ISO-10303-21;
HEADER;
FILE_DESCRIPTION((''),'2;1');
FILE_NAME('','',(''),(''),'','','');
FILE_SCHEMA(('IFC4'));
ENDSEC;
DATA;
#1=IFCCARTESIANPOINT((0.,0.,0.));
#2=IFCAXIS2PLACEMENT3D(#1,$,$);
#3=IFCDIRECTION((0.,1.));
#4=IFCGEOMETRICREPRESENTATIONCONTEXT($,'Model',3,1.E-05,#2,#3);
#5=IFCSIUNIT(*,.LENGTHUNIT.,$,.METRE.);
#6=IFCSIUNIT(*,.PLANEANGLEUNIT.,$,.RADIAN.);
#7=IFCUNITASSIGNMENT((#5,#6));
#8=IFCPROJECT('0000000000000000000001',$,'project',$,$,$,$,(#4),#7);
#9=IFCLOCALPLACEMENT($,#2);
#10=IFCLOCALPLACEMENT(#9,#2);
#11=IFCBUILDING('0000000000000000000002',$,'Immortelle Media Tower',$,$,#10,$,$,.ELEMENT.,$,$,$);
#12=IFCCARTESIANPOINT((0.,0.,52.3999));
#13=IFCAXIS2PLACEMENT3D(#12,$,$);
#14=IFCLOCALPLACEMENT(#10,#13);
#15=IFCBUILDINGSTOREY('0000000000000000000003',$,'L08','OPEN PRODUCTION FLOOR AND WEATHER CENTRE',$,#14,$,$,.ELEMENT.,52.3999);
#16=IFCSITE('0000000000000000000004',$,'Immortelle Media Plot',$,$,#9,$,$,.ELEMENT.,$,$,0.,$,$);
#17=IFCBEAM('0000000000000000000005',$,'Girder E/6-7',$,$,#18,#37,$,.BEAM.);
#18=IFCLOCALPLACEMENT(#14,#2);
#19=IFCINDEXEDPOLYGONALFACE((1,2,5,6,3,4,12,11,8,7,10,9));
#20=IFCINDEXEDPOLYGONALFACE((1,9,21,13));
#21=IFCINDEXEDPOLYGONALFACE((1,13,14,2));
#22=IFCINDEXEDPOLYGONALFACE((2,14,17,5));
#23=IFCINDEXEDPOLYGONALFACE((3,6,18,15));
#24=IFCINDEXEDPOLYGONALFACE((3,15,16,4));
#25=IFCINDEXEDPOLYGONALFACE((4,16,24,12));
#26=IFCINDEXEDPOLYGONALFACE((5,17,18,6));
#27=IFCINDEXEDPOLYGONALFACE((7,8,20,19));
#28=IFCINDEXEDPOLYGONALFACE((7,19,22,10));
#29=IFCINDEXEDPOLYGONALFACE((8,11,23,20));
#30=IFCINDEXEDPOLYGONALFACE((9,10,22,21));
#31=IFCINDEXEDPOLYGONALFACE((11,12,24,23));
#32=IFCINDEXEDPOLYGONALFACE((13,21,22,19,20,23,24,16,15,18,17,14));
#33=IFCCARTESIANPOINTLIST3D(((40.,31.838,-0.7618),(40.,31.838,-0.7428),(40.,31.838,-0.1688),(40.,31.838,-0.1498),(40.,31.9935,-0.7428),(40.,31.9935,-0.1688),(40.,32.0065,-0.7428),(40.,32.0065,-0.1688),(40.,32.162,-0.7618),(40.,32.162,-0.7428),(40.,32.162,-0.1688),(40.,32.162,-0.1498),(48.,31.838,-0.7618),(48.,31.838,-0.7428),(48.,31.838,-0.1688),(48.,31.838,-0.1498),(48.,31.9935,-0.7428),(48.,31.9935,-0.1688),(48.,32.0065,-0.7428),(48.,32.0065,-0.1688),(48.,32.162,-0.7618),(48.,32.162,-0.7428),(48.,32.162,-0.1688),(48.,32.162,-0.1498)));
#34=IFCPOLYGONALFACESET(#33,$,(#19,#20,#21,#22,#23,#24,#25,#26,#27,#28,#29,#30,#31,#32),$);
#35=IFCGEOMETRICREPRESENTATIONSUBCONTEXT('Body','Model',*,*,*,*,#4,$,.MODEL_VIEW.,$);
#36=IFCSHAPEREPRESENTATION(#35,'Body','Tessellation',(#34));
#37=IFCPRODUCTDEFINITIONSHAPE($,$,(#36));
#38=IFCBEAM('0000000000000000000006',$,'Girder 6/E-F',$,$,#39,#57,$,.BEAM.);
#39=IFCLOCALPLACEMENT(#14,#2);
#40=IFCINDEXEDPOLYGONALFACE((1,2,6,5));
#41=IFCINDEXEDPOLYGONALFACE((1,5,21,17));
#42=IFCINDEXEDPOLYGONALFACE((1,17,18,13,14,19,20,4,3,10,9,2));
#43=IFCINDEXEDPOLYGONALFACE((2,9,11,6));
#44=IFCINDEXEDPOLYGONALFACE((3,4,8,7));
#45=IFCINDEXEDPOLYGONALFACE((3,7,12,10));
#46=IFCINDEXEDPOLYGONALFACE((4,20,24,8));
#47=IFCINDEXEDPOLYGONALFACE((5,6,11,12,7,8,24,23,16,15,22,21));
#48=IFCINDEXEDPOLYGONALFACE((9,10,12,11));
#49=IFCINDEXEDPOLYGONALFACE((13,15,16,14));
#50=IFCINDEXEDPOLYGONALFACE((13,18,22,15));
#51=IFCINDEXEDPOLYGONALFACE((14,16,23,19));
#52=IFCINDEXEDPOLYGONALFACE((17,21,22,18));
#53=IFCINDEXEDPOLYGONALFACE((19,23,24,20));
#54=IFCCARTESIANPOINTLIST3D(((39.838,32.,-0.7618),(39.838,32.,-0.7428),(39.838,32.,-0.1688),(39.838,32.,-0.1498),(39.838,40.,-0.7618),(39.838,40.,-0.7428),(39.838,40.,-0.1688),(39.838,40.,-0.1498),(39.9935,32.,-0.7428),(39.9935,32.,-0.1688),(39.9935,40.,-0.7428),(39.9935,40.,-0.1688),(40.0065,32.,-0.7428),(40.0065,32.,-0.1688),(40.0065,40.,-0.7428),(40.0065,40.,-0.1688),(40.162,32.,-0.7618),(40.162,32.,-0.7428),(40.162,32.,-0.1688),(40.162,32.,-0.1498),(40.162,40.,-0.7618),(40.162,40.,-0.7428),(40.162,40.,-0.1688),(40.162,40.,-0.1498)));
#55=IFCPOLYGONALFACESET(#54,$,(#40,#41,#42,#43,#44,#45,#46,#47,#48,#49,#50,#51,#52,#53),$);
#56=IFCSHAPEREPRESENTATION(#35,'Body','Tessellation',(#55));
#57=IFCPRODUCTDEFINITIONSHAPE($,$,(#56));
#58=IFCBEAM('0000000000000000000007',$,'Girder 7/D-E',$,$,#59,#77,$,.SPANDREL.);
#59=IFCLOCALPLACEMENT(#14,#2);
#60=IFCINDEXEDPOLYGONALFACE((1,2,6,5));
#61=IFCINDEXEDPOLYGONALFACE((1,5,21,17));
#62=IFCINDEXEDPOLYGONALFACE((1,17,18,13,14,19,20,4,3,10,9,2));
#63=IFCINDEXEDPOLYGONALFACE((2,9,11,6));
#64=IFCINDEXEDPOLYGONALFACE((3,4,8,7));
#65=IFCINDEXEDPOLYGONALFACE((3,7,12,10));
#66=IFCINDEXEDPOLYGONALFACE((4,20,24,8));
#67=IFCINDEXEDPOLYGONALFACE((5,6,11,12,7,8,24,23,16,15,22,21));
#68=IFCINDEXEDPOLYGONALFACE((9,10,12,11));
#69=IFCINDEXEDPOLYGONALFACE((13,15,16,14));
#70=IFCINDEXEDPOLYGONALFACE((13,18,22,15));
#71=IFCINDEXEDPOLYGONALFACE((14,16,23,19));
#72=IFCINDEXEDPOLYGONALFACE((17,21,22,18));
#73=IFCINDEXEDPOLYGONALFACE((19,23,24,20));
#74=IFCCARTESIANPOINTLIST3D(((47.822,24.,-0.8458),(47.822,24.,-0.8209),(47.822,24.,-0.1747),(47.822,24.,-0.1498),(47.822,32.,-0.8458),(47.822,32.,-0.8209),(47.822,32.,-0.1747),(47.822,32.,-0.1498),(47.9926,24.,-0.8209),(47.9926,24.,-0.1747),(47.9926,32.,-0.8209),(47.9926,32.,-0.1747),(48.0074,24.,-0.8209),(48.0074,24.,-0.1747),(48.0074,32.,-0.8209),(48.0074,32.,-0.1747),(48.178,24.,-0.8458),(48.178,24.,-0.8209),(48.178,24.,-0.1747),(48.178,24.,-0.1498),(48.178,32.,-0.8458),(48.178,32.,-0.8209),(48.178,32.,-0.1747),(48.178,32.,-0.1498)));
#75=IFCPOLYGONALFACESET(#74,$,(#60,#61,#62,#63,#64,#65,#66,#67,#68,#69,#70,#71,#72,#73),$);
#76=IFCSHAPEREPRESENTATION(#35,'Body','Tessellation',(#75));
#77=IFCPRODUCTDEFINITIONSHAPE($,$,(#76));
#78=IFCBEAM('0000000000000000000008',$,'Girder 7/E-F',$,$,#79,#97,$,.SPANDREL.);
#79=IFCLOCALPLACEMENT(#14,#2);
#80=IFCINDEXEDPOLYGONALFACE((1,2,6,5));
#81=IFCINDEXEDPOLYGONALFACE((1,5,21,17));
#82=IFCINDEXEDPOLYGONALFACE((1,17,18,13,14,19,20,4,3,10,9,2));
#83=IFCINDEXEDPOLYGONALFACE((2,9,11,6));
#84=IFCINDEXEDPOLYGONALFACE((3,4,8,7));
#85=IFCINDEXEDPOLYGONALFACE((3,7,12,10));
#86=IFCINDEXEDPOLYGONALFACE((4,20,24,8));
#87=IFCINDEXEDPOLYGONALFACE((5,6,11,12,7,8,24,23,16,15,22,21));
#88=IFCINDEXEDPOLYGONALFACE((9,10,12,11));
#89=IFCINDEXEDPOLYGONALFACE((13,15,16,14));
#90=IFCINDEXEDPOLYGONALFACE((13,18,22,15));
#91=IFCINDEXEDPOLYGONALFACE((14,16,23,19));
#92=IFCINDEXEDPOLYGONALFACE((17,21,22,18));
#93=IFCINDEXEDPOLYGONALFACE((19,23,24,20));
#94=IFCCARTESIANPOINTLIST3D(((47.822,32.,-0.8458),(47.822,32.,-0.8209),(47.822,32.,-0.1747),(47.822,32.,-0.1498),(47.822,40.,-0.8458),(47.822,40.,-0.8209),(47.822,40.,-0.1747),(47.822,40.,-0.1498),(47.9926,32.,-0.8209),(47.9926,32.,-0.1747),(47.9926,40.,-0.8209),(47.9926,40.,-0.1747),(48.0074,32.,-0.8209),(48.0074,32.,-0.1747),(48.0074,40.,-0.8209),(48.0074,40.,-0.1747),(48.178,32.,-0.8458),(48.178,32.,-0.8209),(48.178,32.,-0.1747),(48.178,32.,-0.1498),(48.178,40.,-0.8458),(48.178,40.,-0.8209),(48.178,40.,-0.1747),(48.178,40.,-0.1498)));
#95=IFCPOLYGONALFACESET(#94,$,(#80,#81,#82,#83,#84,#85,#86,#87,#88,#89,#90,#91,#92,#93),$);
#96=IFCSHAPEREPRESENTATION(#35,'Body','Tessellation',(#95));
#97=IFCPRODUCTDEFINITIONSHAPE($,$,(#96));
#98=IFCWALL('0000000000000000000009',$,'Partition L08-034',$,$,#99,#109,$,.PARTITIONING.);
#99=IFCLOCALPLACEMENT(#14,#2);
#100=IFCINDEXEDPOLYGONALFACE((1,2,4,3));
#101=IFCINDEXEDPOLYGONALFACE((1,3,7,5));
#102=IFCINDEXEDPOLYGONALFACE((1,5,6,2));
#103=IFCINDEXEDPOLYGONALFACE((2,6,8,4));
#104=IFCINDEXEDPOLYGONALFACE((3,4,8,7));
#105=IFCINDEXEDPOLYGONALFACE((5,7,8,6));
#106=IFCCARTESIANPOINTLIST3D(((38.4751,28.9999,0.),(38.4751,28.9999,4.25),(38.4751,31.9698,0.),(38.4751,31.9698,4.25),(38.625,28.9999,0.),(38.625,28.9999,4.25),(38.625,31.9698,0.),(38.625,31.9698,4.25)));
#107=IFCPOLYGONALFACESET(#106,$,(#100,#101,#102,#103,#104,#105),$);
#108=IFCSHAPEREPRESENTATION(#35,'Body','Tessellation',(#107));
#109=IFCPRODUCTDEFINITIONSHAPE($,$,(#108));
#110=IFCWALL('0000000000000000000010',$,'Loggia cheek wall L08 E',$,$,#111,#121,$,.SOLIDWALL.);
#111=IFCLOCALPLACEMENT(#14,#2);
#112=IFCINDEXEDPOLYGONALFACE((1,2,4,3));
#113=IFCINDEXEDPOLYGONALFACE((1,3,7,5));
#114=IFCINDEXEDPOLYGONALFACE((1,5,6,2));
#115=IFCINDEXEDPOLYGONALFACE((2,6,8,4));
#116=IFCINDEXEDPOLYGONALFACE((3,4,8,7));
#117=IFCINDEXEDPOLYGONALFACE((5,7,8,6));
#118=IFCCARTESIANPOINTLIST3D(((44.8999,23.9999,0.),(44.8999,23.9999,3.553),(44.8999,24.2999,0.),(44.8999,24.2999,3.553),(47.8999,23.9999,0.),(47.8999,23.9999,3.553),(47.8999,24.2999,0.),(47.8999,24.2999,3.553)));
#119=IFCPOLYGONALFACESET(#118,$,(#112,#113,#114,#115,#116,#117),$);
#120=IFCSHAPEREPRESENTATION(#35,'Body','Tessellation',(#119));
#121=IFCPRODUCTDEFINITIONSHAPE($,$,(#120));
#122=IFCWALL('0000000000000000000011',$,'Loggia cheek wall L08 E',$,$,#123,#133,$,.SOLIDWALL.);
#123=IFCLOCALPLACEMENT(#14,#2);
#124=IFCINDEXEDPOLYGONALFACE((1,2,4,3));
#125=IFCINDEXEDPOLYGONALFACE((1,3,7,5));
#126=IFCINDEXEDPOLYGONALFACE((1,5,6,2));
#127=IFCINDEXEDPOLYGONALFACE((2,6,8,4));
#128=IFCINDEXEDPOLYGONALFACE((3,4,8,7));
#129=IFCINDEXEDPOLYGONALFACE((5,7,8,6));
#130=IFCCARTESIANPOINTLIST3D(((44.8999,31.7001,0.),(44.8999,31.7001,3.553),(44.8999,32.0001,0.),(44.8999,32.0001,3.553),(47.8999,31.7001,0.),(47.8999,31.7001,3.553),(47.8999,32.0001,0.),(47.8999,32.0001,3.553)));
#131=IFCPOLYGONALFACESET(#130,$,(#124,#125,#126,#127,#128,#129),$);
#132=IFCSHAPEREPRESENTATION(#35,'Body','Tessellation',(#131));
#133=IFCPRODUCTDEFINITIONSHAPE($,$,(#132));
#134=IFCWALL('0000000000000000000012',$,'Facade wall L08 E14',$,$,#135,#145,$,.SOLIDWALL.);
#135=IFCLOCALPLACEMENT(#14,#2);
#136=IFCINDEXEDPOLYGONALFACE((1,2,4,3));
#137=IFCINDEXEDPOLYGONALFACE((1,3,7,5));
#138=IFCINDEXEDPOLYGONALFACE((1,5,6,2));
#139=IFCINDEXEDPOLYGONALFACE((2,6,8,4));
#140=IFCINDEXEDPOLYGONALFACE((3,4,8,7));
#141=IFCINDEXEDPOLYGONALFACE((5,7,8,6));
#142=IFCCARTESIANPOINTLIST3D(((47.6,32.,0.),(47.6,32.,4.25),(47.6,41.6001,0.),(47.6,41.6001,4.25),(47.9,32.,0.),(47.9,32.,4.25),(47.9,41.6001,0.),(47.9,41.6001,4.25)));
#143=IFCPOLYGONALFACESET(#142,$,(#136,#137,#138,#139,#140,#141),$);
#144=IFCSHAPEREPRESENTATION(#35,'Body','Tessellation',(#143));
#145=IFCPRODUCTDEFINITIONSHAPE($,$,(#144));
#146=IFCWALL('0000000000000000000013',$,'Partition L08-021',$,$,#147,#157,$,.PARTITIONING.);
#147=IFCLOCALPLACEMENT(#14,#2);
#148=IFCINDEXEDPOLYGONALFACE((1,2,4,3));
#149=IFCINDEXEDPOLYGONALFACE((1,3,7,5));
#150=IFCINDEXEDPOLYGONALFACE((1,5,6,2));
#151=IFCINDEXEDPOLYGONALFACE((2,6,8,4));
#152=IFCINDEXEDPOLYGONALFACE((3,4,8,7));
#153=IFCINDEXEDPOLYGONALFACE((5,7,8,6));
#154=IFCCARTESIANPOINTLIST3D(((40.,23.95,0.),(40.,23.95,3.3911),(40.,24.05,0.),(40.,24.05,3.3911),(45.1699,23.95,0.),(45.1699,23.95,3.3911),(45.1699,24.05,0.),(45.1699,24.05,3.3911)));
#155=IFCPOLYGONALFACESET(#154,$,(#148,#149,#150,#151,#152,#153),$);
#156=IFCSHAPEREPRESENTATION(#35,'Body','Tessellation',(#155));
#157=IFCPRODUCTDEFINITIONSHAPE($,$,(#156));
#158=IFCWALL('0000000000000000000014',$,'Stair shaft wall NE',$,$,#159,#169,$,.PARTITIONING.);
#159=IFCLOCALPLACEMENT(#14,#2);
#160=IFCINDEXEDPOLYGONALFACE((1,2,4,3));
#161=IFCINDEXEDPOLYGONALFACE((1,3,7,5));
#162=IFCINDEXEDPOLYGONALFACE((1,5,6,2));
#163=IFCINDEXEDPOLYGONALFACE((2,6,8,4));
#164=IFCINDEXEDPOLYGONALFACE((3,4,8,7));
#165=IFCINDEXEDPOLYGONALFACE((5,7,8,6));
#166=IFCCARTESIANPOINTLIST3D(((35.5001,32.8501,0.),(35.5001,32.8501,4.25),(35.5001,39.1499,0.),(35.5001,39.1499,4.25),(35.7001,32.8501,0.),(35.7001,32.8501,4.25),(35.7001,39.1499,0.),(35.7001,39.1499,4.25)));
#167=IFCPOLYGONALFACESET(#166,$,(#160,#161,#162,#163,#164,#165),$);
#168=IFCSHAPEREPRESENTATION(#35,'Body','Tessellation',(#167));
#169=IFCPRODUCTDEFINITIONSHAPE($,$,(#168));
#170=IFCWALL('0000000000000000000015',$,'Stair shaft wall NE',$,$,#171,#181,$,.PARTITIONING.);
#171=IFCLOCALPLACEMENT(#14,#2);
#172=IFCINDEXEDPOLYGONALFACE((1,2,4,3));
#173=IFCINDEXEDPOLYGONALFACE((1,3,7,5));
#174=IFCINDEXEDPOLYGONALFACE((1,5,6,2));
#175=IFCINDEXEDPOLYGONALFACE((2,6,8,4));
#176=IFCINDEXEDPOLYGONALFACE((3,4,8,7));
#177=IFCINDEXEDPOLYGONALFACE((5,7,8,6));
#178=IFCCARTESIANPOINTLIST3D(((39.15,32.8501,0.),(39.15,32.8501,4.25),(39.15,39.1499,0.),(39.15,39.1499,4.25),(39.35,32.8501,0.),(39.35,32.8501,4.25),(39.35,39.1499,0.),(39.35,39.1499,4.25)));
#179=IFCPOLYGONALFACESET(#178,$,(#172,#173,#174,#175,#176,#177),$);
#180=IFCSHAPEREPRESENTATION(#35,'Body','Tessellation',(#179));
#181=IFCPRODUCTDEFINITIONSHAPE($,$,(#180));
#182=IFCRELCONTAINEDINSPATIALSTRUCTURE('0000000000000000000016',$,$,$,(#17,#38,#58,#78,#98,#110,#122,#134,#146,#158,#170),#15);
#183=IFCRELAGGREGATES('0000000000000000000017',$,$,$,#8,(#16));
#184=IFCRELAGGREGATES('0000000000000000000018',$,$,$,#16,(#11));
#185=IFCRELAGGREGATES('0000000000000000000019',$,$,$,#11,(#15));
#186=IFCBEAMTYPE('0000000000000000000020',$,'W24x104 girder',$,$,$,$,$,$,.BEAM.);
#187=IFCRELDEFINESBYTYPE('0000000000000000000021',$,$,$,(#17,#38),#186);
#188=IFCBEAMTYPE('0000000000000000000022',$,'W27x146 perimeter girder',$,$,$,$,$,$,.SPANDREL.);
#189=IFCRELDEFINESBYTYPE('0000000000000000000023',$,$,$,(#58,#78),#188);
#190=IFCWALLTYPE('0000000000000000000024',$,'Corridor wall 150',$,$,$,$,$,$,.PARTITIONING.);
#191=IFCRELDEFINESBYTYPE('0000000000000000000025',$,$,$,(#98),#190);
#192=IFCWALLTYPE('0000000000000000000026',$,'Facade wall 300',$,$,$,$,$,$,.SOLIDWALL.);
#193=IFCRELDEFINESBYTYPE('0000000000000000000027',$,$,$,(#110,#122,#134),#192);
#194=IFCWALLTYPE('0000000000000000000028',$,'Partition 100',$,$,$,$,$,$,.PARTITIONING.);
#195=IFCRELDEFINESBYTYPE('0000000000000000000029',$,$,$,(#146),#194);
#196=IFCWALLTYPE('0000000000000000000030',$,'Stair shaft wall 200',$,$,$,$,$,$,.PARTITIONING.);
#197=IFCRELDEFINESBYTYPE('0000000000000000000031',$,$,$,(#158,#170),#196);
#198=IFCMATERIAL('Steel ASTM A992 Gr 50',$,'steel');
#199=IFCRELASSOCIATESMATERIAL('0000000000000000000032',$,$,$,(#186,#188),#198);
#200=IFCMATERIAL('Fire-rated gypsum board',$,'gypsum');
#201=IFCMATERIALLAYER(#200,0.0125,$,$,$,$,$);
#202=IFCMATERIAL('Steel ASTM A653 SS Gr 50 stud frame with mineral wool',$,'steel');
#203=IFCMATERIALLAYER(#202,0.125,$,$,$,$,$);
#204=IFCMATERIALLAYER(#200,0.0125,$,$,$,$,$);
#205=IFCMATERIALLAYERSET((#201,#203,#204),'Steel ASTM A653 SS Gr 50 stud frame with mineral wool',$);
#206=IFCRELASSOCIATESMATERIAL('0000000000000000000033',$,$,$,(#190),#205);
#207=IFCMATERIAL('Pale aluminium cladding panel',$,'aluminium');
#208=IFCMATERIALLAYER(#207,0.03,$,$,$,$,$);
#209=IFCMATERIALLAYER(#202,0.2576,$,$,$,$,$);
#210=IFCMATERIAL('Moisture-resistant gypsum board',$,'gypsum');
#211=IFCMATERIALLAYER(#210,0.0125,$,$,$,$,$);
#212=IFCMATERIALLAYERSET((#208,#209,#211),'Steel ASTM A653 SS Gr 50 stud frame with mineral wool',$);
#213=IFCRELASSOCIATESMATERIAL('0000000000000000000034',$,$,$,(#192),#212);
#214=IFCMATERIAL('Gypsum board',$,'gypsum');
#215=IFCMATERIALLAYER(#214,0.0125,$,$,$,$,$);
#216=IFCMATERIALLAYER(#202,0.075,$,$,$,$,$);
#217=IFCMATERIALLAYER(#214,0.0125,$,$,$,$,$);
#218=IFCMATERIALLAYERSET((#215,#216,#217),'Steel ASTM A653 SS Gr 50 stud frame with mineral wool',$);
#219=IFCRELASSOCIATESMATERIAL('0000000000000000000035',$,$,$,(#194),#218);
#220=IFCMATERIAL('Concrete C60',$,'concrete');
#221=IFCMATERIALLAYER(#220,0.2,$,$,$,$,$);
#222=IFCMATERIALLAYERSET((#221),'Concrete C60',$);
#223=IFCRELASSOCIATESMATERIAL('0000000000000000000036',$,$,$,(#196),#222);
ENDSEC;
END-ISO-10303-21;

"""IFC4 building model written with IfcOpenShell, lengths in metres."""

from ifc_helpers import new_model, si_unit, direction, frame, frame_2d, origin, origin_2d, place, context, subcontext, project, spatial, rectangle, i_section, extrude, material, layer, layer_set, material_profile, profile_set, type_object, element, save


model = new_model("IFC4")

# Units and contexts
model_context = context("Model", 3, precision=1e-05, world=origin(), true_north=direction((0.0, 1.0)))
body_context = subcontext(model_context, "Body", "Model", "MODEL_VIEW")
ifc_project = project(units=[si_unit("LENGTHUNIT", "METRE"), si_unit("PLANEANGLEUNIT", "RADIAN")], contexts=[model_context])

# Site, building, storey
site_placement = place(None, origin())
site = spatial("IfcSite", under=ifc_project, at=site_placement, Name="Immortelle Media Plot", CompositionType="ELEMENT", RefElevation=0.0)
building_placement = place(site_placement, origin())
building = spatial("IfcBuilding", under=site, at=building_placement, Name="Immortelle Media Tower", CompositionType="ELEMENT")
storey_placement = place(building_placement, frame((0.0, 0.0, 52.3999)))
storey = spatial("IfcBuildingStorey", under=building, at=storey_placement, Name="L08", Description="OPEN PRODUCTION FLOOR AND WEATHER CENTRE", CompositionType="ELEMENT", Elevation=52.3999)

# Shared definitions
ifc_material_1 = material(Name="Steel ASTM A992 Gr 50", Category="steel")

# Beams
ifc_material_profile_1 = material_profile(ifc_material_1, i_section(OverallWidth=0.324, OverallDepth=0.6121, WebThickness=0.0129, FlangeThickness=0.019, at=origin_2d()), Name="W24x104")
ifc_profile_set_1 = profile_set([ifc_material_profile_1], Name="Steel ASTM A992 Gr 50")
beam_type_1 = type_object("IfcBeamType", Name="W24x104 girder", PredefinedType="BEAM", material=ifc_profile_set_1)
for number, where, z_axis, x_axis, name in (
    (1, (40.0, 32.0, -0.4558), (1.0, 0.0, 0.0), (0.0, 1.0, 0.0), "Girder E/6-7"),
    (2, (40.0, 32.0, -0.4558), (0.0, 1.0, 0.0), (-1.0, 0.0, 0.0), "Girder 6/E-F"),
):
    element("IfcBeam", number, at=place(storey_placement, frame(where, z_axis=z_axis, x_axis=x_axis)), inside=storey, type_object=beam_type_1, Name=name, PredefinedType="BEAM", context=body_context, shape_type="SweptSolid", body=[
        extrude(i_section(OverallWidth=0.324, OverallDepth=0.6121, WebThickness=0.0129, FlangeThickness=0.019, at=origin_2d()), origin(), (0.0, 0.0, 1.0), 8.0),
    ])
ifc_material_profile_2 = material_profile(ifc_material_1, i_section(OverallWidth=0.356, OverallDepth=0.696, WebThickness=0.0149, FlangeThickness=0.0249, at=origin_2d()), Name="W27x146")
ifc_profile_set_2 = profile_set([ifc_material_profile_2], Name="Steel ASTM A992 Gr 50")
beam_type_2 = type_object("IfcBeamType", Name="W27x146 perimeter girder", PredefinedType="SPANDREL", material=ifc_profile_set_2)
for number, where, z_axis, x_axis, name in (
    (3, (48.0, 24.0, -0.4978), (0.0, 1.0, 0.0), (-1.0, 0.0, 0.0), "Girder 7/D-E"),
    (4, (48.0, 32.0, -0.4978), (0.0, 1.0, 0.0), (-1.0, 0.0, 0.0), "Girder 7/E-F"),
):
    element("IfcBeam", number, at=place(storey_placement, frame(where, z_axis=z_axis, x_axis=x_axis)), inside=storey, type_object=beam_type_2, Name=name, PredefinedType="SPANDREL", context=body_context, shape_type="SweptSolid", body=[
        extrude(i_section(OverallWidth=0.356, OverallDepth=0.696, WebThickness=0.0149, FlangeThickness=0.0249, at=origin_2d()), origin(), (0.0, 0.0, 1.0), 8.0),
    ])

# Wall
ifc_material_2 = material(Name="Fire-rated gypsum board", Category="gypsum")
ifc_layer_1 = layer(ifc_material_2, 0.0125)
ifc_material_3 = material(Name="Steel ASTM A653 SS Gr 50 stud frame with mineral wool", Category="steel")
ifc_layer_2 = layer(ifc_material_3, 0.125)
ifc_layer_3 = layer(ifc_material_2, 0.0125)
ifc_layer_set_1 = layer_set([ifc_layer_1, ifc_layer_2, ifc_layer_3], Name="Steel ASTM A653 SS Gr 50 stud frame with mineral wool")
wall_type_1 = type_object("IfcWallType", Name="Corridor wall 150", PredefinedType="PARTITIONING", material=ifc_layer_set_1)
wall_1_placement = place(storey_placement, frame((38.55, 29.0, 0.0), z_axis=(0.0, 0.0, 1.0), x_axis=(0.0, 1.0, 0.0)))
element("IfcWall", 5, at=wall_1_placement, inside=storey, type_object=wall_type_1, Name="Partition L08-034", PredefinedType="PARTITIONING", context=body_context, shape_type="SweptSolid", body=[
    extrude(rectangle(XDim=2.97, YDim=0.1499, at=frame_2d((1.4849, 0.0))), origin(), (0.0, 0.0, 1.0), 4.25),
])

# Shared definitions
ifc_material_4 = material(Name="Pale aluminium cladding panel", Category="aluminium")
ifc_layer_4 = layer(ifc_material_4, 0.03)
ifc_layer_5 = layer(ifc_material_3, 0.2576)
ifc_material_5 = material(Name="Moisture-resistant gypsum board", Category="gypsum")
ifc_layer_6 = layer(ifc_material_5, 0.0125)
ifc_layer_set_2 = layer_set([ifc_layer_4, ifc_layer_5, ifc_layer_6], Name="Steel ASTM A653 SS Gr 50 stud frame with mineral wool")
wall_type_2 = type_object("IfcWallType", Name="Facade wall 300", PredefinedType="SOLIDWALL", material=ifc_layer_set_2)

# Walls
for number, where, z_axis, x_axis, name in (
    (6, (47.8999, 24.1499, 0.0), (0.0, 0.0, 1.0), (-1.0, 0.0, 0.0), "Loggia cheek wall L08 E"),
    (7, (47.8999, 31.8501, 0.0), (0.0, 0.0, 1.0), (-1.0, 0.0, 0.0), "Loggia cheek wall L08 E"),
):
    element("IfcWall", number, at=place(storey_placement, frame(where, z_axis=z_axis, x_axis=x_axis)), inside=storey, type_object=wall_type_2, Name=name, PredefinedType="SOLIDWALL", context=body_context, shape_type="SweptSolid", body=[
        extrude(rectangle(XDim=3.0, YDim=0.3, at=frame_2d((1.5, 0.0))), origin(), (0.0, 0.0, 1.0), 3.553),
    ])
wall_2_placement = place(storey_placement, frame((47.75, 32.0, 0.0), z_axis=(0.0, 0.0, 1.0), x_axis=(0.0, 1.0, 0.0)))
element("IfcWall", 8, at=wall_2_placement, inside=storey, type_object=wall_type_2, Name="Facade wall L08 E14", PredefinedType="SOLIDWALL", context=body_context, shape_type="SweptSolid", body=[
    extrude(rectangle(XDim=9.6001, YDim=0.3, at=frame_2d((4.8, 0.0))), origin(), (0.0, 0.0, 1.0), 4.25),
])
ifc_material_6 = material(Name="Gypsum board", Category="gypsum")
ifc_layer_7 = layer(ifc_material_6, 0.0125)
ifc_layer_8 = layer(ifc_material_3, 0.075)
ifc_layer_9 = layer(ifc_material_6, 0.0125)
ifc_layer_set_3 = layer_set([ifc_layer_7, ifc_layer_8, ifc_layer_9], Name="Steel ASTM A653 SS Gr 50 stud frame with mineral wool")
wall_type_3 = type_object("IfcWallType", Name="Partition 100", PredefinedType="PARTITIONING", material=ifc_layer_set_3)
wall_3_placement = place(storey_placement, frame((40.0, 24.0, 0.0), z_axis=(0.0, 0.0, 1.0), x_axis=(1.0, 0.0, 0.0)))
element("IfcWall", 9, at=wall_3_placement, inside=storey, type_object=wall_type_3, Name="Partition L08-021", PredefinedType="PARTITIONING", context=body_context, shape_type="SweptSolid", body=[
    extrude(rectangle(XDim=5.1699, YDim=0.1001, at=frame_2d((2.585, 0.0))), origin(), (0.0, 0.0, 1.0), 3.3911),
])
ifc_material_7 = material(Name="Concrete C60", Category="concrete")
ifc_layer_10 = layer(ifc_material_7, 0.2)
ifc_layer_set_4 = layer_set([ifc_layer_10], Name="Concrete C60")
wall_type_4 = type_object("IfcWallType", Name="Stair shaft wall 200", PredefinedType="PARTITIONING", material=ifc_layer_set_4)
for number, where, z_axis, x_axis, name in (
    (10, (35.6001, 32.8501, 0.0), (0.0, 0.0, 1.0), (0.0, 1.0, 0.0), "Stair shaft wall NE"),
    (11, (39.25, 32.8501, 0.0), (0.0, 0.0, 1.0), (0.0, 1.0, 0.0), "Stair shaft wall NE"),
):
    element("IfcWall", number, at=place(storey_placement, frame(where, z_axis=z_axis, x_axis=x_axis)), inside=storey, type_object=wall_type_4, Name=name, PredefinedType="PARTITIONING", context=body_context, shape_type="SweptSolid", body=[
        extrude(rectangle(XDim=6.2998, YDim=0.2, at=frame_2d((3.1499, 0.0))), origin(), (0.0, 0.0, 1.0), 4.25),
    ])

save(model, "model.ifc")
